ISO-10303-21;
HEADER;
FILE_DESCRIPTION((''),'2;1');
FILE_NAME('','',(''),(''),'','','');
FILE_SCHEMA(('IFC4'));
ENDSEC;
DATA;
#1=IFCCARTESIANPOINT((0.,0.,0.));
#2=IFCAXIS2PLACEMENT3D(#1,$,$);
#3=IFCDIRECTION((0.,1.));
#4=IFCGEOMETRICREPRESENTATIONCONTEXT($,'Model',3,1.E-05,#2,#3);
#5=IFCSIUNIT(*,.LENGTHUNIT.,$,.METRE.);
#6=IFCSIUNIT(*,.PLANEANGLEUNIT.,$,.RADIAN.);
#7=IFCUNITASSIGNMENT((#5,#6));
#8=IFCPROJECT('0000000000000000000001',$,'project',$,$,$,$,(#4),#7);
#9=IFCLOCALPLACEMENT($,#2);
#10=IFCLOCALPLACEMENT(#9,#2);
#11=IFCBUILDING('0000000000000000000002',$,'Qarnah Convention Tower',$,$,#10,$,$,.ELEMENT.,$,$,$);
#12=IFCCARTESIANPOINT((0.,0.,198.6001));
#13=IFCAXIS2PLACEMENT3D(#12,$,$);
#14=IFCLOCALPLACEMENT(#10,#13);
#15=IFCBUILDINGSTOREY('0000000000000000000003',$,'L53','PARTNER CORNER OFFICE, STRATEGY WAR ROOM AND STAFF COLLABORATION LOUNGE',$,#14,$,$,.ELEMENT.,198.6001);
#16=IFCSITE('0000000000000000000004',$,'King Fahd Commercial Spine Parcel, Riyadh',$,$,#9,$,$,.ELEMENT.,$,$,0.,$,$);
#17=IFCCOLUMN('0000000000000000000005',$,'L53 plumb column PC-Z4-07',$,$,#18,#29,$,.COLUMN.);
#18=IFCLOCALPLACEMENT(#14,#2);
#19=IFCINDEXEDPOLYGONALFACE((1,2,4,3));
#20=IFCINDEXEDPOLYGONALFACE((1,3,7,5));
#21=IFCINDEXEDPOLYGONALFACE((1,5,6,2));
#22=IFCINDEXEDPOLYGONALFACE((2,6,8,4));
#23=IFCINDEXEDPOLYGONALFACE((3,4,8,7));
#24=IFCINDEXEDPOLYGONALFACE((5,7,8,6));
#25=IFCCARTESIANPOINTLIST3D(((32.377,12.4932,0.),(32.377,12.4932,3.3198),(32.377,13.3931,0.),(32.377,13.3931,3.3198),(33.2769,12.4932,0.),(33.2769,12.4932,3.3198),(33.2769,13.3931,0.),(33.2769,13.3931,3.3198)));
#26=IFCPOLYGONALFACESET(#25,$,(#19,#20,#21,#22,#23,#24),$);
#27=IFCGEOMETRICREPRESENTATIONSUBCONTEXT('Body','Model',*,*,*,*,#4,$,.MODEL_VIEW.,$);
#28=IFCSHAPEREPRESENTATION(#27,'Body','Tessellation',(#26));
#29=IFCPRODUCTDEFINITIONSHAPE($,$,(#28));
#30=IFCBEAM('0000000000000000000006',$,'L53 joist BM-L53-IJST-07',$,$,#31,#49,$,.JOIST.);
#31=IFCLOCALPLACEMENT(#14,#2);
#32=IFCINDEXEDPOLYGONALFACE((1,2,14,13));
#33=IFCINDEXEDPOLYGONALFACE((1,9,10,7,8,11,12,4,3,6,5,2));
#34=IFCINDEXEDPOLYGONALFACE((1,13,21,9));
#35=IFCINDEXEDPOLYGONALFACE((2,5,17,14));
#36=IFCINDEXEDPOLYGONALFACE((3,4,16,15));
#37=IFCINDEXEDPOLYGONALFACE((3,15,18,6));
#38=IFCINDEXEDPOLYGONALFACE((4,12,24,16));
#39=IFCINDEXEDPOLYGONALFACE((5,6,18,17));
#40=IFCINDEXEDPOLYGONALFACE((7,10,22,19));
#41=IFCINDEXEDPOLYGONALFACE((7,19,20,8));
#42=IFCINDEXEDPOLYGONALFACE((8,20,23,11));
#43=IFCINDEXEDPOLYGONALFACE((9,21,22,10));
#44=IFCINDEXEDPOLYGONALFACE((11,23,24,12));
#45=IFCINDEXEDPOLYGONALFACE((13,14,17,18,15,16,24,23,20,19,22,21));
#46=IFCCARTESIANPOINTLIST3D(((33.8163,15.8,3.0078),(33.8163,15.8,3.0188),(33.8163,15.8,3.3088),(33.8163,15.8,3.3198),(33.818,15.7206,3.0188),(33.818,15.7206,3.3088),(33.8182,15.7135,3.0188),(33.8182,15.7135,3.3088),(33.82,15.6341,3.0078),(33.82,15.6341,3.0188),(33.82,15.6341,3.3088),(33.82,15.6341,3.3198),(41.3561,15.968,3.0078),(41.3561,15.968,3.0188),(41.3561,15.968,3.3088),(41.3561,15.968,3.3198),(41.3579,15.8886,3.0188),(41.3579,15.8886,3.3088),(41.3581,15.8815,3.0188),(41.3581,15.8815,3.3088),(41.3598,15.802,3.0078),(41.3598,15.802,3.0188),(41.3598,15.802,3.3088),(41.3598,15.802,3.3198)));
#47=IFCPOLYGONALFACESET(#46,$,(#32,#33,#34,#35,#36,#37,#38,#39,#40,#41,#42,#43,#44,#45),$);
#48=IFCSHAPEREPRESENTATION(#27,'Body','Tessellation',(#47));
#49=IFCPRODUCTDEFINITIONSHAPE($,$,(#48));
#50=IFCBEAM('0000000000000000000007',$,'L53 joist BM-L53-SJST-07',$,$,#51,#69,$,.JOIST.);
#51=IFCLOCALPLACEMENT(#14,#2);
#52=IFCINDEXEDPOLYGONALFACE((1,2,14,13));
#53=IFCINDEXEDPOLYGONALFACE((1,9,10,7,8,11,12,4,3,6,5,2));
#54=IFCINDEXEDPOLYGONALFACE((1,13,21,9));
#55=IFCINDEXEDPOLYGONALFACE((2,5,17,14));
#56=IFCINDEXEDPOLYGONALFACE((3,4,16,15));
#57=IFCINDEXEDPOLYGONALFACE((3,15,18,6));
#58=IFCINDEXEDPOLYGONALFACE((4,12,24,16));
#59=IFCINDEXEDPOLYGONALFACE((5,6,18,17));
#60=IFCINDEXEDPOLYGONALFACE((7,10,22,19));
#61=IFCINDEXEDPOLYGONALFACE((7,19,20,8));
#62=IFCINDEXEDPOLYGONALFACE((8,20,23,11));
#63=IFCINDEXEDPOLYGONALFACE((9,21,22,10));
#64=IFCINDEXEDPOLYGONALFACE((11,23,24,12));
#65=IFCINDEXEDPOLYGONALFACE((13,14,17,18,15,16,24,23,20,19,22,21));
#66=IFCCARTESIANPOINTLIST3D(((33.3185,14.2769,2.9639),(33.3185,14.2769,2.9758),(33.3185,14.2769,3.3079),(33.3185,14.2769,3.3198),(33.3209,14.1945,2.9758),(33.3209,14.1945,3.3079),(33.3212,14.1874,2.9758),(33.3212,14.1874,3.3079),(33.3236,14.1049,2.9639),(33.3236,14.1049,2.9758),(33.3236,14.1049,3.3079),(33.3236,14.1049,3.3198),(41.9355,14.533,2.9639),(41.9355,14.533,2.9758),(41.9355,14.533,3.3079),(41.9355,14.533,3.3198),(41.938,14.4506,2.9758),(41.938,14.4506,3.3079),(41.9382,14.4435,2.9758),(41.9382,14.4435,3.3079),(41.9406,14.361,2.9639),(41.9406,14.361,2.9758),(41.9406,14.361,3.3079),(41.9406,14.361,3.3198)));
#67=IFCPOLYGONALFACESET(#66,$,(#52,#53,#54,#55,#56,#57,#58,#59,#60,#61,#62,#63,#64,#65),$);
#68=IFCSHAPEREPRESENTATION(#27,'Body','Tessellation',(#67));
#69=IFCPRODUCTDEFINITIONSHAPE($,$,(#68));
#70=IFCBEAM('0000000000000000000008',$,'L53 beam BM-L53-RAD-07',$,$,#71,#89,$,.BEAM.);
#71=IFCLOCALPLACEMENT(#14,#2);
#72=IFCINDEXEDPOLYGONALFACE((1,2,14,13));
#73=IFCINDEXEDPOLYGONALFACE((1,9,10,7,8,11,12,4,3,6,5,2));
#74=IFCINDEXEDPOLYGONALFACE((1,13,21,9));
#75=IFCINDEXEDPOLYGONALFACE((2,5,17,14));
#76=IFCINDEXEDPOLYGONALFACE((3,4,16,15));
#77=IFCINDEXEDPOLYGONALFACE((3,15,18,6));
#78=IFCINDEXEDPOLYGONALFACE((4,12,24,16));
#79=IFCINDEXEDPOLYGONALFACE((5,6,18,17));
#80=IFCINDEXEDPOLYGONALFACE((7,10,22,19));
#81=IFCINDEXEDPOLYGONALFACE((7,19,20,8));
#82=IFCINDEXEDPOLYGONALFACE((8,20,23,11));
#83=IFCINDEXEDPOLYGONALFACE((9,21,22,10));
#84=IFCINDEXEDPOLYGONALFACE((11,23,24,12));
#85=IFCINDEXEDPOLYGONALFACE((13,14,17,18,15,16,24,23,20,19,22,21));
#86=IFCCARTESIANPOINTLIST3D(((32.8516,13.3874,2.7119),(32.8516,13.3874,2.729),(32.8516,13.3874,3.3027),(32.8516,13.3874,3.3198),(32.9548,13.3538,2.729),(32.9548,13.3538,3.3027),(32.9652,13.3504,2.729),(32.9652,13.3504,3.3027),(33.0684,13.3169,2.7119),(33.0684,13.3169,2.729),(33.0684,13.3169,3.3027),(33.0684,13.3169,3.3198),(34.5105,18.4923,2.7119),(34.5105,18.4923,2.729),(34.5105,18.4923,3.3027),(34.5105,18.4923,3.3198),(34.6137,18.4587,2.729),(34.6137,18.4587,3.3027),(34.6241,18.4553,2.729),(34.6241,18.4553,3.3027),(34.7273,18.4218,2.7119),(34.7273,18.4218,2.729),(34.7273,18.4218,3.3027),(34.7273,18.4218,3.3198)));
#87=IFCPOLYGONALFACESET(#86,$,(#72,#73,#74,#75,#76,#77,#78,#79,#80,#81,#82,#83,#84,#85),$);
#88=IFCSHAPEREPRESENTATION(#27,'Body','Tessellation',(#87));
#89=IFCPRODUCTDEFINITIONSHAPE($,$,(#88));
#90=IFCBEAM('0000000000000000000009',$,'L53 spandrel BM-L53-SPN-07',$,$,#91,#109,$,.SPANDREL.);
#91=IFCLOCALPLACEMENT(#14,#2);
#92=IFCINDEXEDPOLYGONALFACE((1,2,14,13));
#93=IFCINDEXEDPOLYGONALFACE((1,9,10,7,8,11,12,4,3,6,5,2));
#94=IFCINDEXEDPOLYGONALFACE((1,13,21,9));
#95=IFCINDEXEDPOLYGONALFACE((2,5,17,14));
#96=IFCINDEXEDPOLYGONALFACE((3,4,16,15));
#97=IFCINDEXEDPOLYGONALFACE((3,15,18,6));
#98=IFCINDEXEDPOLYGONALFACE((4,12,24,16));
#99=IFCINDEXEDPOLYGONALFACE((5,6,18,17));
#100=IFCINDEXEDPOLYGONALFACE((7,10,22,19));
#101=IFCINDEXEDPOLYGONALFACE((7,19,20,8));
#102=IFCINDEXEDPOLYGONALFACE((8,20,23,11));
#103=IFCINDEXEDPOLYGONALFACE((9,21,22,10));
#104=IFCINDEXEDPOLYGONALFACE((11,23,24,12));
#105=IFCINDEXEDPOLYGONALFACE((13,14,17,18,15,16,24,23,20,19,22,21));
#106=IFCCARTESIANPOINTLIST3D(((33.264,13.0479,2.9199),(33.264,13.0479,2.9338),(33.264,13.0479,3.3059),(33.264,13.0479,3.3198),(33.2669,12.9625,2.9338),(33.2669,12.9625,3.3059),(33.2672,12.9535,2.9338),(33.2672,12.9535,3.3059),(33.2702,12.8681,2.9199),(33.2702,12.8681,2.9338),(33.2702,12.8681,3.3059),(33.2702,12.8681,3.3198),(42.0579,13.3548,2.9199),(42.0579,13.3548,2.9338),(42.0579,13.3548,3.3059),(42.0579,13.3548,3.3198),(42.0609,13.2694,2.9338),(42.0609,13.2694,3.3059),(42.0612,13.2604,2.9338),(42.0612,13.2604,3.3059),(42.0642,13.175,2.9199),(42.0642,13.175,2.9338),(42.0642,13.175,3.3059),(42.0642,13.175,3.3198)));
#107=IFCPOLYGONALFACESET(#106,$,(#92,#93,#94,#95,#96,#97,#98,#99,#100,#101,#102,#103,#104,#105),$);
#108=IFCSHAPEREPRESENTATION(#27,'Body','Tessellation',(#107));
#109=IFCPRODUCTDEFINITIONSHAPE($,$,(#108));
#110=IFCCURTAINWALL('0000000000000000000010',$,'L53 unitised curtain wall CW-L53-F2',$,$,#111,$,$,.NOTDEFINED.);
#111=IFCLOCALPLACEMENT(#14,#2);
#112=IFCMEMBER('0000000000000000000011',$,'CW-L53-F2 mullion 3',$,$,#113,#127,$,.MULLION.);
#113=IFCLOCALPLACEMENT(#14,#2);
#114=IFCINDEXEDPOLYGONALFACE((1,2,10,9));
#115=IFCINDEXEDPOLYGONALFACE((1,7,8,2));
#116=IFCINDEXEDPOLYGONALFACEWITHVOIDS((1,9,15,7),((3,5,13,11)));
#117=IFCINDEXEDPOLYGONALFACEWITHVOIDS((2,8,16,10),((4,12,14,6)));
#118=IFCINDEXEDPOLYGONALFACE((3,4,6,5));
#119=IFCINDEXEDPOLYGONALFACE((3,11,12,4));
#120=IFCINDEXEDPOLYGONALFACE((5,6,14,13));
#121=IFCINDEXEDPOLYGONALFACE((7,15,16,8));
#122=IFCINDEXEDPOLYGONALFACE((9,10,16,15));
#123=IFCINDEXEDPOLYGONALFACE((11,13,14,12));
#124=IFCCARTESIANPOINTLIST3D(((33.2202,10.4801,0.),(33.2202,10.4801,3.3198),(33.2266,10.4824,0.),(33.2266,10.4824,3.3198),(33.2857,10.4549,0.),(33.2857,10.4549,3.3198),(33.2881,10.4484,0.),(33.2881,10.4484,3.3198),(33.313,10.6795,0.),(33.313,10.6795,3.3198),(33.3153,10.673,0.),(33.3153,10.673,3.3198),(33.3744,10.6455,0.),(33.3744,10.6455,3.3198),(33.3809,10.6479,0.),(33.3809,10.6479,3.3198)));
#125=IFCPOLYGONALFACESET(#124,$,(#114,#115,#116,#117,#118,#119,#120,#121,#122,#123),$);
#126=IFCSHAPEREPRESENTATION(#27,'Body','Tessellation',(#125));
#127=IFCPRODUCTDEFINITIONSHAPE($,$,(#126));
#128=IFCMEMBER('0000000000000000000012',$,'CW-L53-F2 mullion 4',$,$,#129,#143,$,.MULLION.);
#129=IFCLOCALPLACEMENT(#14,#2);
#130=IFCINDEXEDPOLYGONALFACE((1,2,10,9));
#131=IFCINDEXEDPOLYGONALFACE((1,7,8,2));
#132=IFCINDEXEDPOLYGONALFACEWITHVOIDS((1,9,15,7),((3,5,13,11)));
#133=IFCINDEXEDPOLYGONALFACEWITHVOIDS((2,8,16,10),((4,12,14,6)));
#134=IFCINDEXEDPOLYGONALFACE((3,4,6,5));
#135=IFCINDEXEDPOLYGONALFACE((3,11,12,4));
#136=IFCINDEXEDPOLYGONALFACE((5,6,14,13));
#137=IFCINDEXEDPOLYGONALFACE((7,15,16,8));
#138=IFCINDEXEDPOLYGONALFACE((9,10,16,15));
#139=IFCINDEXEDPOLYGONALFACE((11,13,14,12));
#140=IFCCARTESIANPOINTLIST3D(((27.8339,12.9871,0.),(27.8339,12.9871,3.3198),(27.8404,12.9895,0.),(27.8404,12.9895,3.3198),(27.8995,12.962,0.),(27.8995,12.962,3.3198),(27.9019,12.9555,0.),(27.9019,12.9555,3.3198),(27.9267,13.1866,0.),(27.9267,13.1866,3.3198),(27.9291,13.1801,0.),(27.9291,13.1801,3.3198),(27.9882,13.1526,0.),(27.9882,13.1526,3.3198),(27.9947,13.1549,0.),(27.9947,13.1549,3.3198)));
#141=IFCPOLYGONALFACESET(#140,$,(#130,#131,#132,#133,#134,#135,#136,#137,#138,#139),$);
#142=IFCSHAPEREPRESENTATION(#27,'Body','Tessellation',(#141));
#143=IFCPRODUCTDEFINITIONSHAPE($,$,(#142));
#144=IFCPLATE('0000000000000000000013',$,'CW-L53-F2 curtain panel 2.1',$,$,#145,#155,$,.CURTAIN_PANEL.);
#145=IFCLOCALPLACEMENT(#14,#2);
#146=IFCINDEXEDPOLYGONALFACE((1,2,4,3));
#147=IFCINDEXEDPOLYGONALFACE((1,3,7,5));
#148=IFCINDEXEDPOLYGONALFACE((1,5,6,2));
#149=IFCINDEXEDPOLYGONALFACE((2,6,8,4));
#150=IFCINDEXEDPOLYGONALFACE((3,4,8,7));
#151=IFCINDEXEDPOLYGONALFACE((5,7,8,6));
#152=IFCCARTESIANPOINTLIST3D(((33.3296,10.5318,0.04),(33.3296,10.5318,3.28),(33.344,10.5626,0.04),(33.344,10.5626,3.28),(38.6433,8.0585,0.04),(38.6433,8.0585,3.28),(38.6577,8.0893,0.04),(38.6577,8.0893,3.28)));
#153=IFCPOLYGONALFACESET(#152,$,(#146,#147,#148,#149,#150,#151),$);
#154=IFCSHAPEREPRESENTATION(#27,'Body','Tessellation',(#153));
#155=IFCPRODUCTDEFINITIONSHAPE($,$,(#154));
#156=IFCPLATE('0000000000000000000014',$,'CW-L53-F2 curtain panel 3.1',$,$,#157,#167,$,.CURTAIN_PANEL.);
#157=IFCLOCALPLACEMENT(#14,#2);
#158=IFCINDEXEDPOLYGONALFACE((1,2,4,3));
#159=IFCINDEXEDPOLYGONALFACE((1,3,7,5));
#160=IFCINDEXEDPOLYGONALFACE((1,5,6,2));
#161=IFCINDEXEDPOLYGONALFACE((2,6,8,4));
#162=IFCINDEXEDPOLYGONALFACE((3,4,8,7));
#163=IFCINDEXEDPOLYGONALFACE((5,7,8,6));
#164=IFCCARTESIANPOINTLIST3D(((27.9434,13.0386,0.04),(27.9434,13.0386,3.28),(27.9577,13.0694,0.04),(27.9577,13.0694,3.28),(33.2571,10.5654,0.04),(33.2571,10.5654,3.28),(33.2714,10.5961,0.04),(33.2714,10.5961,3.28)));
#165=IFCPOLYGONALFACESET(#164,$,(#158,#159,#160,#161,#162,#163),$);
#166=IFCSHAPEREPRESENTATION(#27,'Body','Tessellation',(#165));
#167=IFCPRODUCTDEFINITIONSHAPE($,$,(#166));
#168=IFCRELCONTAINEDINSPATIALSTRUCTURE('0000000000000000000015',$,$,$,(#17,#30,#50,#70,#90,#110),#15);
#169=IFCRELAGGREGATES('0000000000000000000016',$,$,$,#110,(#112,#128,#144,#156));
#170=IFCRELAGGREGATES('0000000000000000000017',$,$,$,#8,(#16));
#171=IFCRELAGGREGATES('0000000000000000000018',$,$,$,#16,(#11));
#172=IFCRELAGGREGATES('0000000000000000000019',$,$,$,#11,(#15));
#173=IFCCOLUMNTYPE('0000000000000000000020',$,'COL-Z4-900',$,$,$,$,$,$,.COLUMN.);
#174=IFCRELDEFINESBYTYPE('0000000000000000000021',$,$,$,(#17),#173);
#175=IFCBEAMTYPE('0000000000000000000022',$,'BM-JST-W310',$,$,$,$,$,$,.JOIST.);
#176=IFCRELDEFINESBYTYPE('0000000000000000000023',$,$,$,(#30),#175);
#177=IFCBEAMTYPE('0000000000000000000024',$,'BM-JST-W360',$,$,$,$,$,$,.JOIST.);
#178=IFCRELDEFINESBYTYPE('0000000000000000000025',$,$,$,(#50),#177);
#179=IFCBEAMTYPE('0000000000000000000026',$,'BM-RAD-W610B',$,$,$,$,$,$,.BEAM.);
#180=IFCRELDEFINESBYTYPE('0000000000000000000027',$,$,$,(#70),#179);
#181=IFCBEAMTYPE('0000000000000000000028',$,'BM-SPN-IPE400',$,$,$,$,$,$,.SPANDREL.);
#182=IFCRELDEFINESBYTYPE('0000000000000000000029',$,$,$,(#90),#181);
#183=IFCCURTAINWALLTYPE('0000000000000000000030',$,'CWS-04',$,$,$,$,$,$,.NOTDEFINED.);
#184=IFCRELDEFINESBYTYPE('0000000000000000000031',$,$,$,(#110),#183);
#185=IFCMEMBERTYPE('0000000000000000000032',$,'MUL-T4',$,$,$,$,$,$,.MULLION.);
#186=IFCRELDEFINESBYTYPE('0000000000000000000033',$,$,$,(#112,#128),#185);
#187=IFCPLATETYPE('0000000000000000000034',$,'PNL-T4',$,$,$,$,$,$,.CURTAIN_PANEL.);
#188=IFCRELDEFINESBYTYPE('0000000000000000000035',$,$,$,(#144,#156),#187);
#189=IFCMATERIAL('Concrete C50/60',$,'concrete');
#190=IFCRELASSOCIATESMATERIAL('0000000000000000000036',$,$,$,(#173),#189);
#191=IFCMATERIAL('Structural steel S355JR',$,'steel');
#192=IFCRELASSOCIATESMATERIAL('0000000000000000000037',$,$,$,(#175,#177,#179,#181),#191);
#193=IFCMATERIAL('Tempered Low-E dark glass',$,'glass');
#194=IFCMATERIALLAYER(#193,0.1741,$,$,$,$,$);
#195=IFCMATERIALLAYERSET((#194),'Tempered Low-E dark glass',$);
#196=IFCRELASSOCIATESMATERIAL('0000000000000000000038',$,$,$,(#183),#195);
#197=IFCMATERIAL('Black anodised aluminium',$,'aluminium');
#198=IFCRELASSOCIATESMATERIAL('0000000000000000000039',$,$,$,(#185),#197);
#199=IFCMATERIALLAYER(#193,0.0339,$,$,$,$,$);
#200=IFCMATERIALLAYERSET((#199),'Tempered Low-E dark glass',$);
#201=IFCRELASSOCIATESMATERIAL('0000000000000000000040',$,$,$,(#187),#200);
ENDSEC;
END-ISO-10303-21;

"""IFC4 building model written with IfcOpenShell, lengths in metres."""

from ifc_helpers import new_model, si_unit, direction, frame, origin, origin_2d, place, context, subcontext, project, spatial, rectangle, hollow_rectangle, i_section, extrude, material, layer, layer_set, material_profile, profile_set, type_object, element, aggregate, save


model = new_model("IFC4")

# Units and contexts
model_context = context("Model", 3, precision=1e-05, world=origin(), true_north=direction((0.0, 1.0)))
body_context = subcontext(model_context, "Body", "Model", "MODEL_VIEW")
ifc_project = project(units=[si_unit("LENGTHUNIT", "METRE"), si_unit("PLANEANGLEUNIT", "RADIAN")], contexts=[model_context])

# Site, building, storey
site_placement = place(None, origin())
site = spatial("IfcSite", under=ifc_project, at=site_placement, Name="King Fahd Commercial Spine Parcel, Riyadh", CompositionType="ELEMENT", RefElevation=0.0)
building_placement = place(site_placement, origin())
building = spatial("IfcBuilding", under=site, at=building_placement, Name="Qarnah Convention Tower", CompositionType="ELEMENT")
storey_placement = place(building_placement, frame((0.0, 0.0, 198.6001)))
storey = spatial("IfcBuildingStorey", under=building, at=storey_placement, Name="L53", Description="PARTNER CORNER OFFICE, STRATEGY WAR ROOM AND STAFF COLLABORATION LOUNGE", CompositionType="ELEMENT", Elevation=198.6001)

# Column
ifc_material_1 = material(Name="Concrete C50/60", Category="concrete")
ifc_material_profile_1 = material_profile(ifc_material_1, rectangle(XDim=0.8999, YDim=0.8999, at=origin_2d()), Name="RC-COL-900X900")
ifc_profile_set_1 = profile_set([ifc_material_profile_1], Name="Concrete C50/60")
column_type = type_object("IfcColumnType", Name="COL-Z4-900", PredefinedType="COLUMN", material=ifc_profile_set_1)
column_placement = place(storey_placement, frame((32.8269, 12.9431, 0.0), z_axis=(0.0, 0.0, 1.0), x_axis=(1.0, 0.0, 0.0)))
element("IfcColumn", 1, at=column_placement, inside=storey, type_object=column_type, Name="L53 plumb column PC-Z4-07", PredefinedType="COLUMN", context=body_context, shape_type="SweptSolid", body=[
    extrude(rectangle(XDim=0.8999, YDim=0.8999, at=origin_2d()), origin(), (0.0, 0.0, 1.0), 3.3198),
])

# Beams
ifc_material_2 = material(Name="Structural steel S355JR", Category="steel")
ifc_material_profile_2 = material_profile(ifc_material_2, i_section(OverallWidth=0.166, OverallDepth=0.312, WebThickness=0.0071, FlangeThickness=0.011, at=origin_2d()), Name="W310X45")
ifc_profile_set_2 = profile_set([ifc_material_profile_2], Name="Structural steel S355JR")
beam_type_1 = type_object("IfcBeamType", Name="BM-JST-W310", PredefinedType="JOIST", material=ifc_profile_set_2)
beam_1_placement = place(storey_placement, frame((33.8181, 15.717, 3.1638), z_axis=(0.999752, 0.022272, 0.0), x_axis=(-0.022272, 0.999752, 0.0)))
element("IfcBeam", 2, at=beam_1_placement, inside=storey, type_object=beam_type_1, Name="L53 joist BM-L53-IJST-07", PredefinedType="JOIST", context=body_context, shape_type="SweptSolid", body=[
    extrude(i_section(OverallWidth=0.166, OverallDepth=0.312, WebThickness=0.0071, FlangeThickness=0.011, at=origin_2d()), origin(), (0.0, 0.0, 1.0), 7.5417),
])
ifc_material_profile_3 = material_profile(ifc_material_2, i_section(OverallWidth=0.1721, OverallDepth=0.356, WebThickness=0.0071, FlangeThickness=0.012, at=origin_2d()), Name="W360X51")
ifc_profile_set_3 = profile_set([ifc_material_profile_3], Name="Structural steel S355JR")
beam_type_2 = type_object("IfcBeamType", Name="BM-JST-W360", PredefinedType="JOIST", material=ifc_profile_set_3)
beam_2_placement = place(storey_placement, frame((33.321, 14.1909, 3.1418), z_axis=(0.999559, 0.029708, 0.0), x_axis=(-0.029708, 0.999559, 0.0)))
element("IfcBeam", 3, at=beam_2_placement, inside=storey, type_object=beam_type_2, Name="L53 joist BM-L53-SJST-07", PredefinedType="JOIST", context=body_context, shape_type="SweptSolid", body=[
    extrude(i_section(OverallWidth=0.1721, OverallDepth=0.356, WebThickness=0.0071, FlangeThickness=0.012, at=origin_2d()), origin(), (0.0, 0.0, 1.0), 8.6208),
])
ifc_material_profile_4 = material_profile(ifc_material_2, i_section(OverallWidth=0.228, OverallDepth=0.6079, WebThickness=0.011, FlangeThickness=0.0171, at=origin_2d()), Name="W610X113")
ifc_profile_set_4 = profile_set([ifc_material_profile_4], Name="Structural steel S355JR")
beam_type_3 = type_object("IfcBeamType", Name="BM-RAD-W610B", PredefinedType="BEAM", material=ifc_profile_set_4)
beam_3_placement = place(storey_placement, frame((34.6189, 18.457, 3.0159), z_axis=(-0.309055, -0.951044, 0.0), x_axis=(0.951044, -0.309055, 0.0)))
element("IfcBeam", 4, at=beam_3_placement, inside=storey, type_object=beam_type_3, Name="L53 beam BM-L53-RAD-07", PredefinedType="BEAM", context=body_context, shape_type="SweptSolid", body=[
    extrude(i_section(OverallWidth=0.228, OverallDepth=0.6079, WebThickness=0.011, FlangeThickness=0.0171, at=origin_2d()), origin(), (0.0, 0.0, 1.0), 5.3677),
])
ifc_material_profile_5 = material_profile(ifc_material_2, i_section(OverallWidth=0.1799, OverallDepth=0.3999, WebThickness=0.009, FlangeThickness=0.0139, at=origin_2d()), Name="IPE400")
ifc_profile_set_5 = profile_set([ifc_material_profile_5], Name="Structural steel S355JR")
beam_type_4 = type_object("IfcBeamType", Name="BM-SPN-IPE400", PredefinedType="SPANDREL", material=ifc_profile_set_5)
beam_4_placement = place(storey_placement, frame((33.2671, 12.958, 3.1199), z_axis=(0.999392, 0.034876, 0.0), x_axis=(-0.034876, 0.999392, 0.0)))
element("IfcBeam", 5, at=beam_4_placement, inside=storey, type_object=beam_type_4, Name="L53 spandrel BM-L53-SPN-07", PredefinedType="SPANDREL", context=body_context, shape_type="SweptSolid", body=[
    extrude(i_section(OverallWidth=0.1799, OverallDepth=0.3999, WebThickness=0.009, FlangeThickness=0.0139, at=origin_2d()), origin(), (0.0, 0.0, 1.0), 8.7993),
])

# Curtain wall, members, plates
ifc_material_3 = material(Name="Tempered Low-E dark glass", Category="glass")
ifc_layer_1 = layer(ifc_material_3, 0.1741)
ifc_layer_set_1 = layer_set([ifc_layer_1], Name="Tempered Low-E dark glass")
curtain_wall_type = type_object("IfcCurtainWallType", Name="CWS-04", PredefinedType="NOTDEFINED", material=ifc_layer_set_1)
curtain_wall_placement = place(storey_placement, origin())
curtain_wall = element("IfcCurtainWall", 6, at=curtain_wall_placement, inside=storey, type_object=curtain_wall_type, Name="L53 unitised curtain wall CW-L53-F2", PredefinedType="NOTDEFINED")
ifc_material_4 = material(Name="Black anodised aluminium", Category="aluminium")
ifc_material_profile_6 = material_profile(ifc_material_4, hollow_rectangle(XDim=0.075, YDim=0.22, WallThickness=0.0049, at=origin_2d()), Name="MUL-75X220")
ifc_profile_set_6 = profile_set([ifc_material_profile_6], Name="Black anodised aluminium")
member_type = type_object("IfcMemberType", Name="MUL-T4", PredefinedType="MULLION", material=ifc_profile_set_6)
member_1_placement = place(storey_placement, frame((33.3005, 10.564, 0.0), z_axis=(0.0, 0.0, 1.0), x_axis=(-0.906606, 0.421979, 0.0)))
member_1 = element("IfcMember", 7, at=member_1_placement, type_object=member_type, Name="CW-L53-F2 mullion 3", PredefinedType="MULLION", context=body_context, shape_type="SweptSolid", body=[
    extrude(hollow_rectangle(XDim=0.075, YDim=0.22, WallThickness=0.0049, at=origin_2d()), origin(), (0.0, 0.0, 1.0), 3.3198),
])
member_2_placement = place(storey_placement, frame((27.9143, 13.071, 0.0), z_axis=(0.0, 0.0, 1.0), x_axis=(-0.906606, 0.421979, 0.0)))
member_2 = element("IfcMember", 8, at=member_2_placement, type_object=member_type, Name="CW-L53-F2 mullion 4", PredefinedType="MULLION", context=body_context, shape_type="SweptSolid", body=[
    extrude(hollow_rectangle(XDim=0.075, YDim=0.22, WallThickness=0.0049, at=origin_2d()), origin(), (0.0, 0.0, 1.0), 3.3198),
])
ifc_layer_2 = layer(ifc_material_3, 0.0339)
ifc_layer_set_2 = layer_set([ifc_layer_2], Name="Tempered Low-E dark glass")
plate_type = type_object("IfcPlateType", Name="PNL-T4", PredefinedType="CURTAIN_PANEL", material=ifc_layer_set_2)
plate_1_placement = place(storey_placement, frame((35.9937, 9.3105, 0.04), z_axis=(0.0, 0.0, 1.0), x_axis=(-0.906606, 0.421979, 0.0)))
plate_1 = element("IfcPlate", 9, at=plate_1_placement, type_object=plate_type, Name="CW-L53-F2 curtain panel 2.1", PredefinedType="CURTAIN_PANEL", context=body_context, shape_type="SweptSolid", body=[
    extrude(rectangle(XDim=5.8611, YDim=0.0339, at=origin_2d()), origin(), (0.0, 0.0, 1.0), 3.24),
])
plate_2_placement = place(storey_placement, frame((30.6074, 11.8174, 0.04), z_axis=(0.0, 0.0, 1.0), x_axis=(-0.906606, 0.421979, 0.0)))
plate_2 = element("IfcPlate", 10, at=plate_2_placement, type_object=plate_type, Name="CW-L53-F2 curtain panel 3.1", PredefinedType="CURTAIN_PANEL", context=body_context, shape_type="SweptSolid", body=[
    extrude(rectangle(XDim=5.8611, YDim=0.0339, at=origin_2d()), origin(), (0.0, 0.0, 1.0), 3.24),
])
aggregate(curtain_wall, [member_1, member_2, plate_1, plate_2])

save(model, "model.ifc")
